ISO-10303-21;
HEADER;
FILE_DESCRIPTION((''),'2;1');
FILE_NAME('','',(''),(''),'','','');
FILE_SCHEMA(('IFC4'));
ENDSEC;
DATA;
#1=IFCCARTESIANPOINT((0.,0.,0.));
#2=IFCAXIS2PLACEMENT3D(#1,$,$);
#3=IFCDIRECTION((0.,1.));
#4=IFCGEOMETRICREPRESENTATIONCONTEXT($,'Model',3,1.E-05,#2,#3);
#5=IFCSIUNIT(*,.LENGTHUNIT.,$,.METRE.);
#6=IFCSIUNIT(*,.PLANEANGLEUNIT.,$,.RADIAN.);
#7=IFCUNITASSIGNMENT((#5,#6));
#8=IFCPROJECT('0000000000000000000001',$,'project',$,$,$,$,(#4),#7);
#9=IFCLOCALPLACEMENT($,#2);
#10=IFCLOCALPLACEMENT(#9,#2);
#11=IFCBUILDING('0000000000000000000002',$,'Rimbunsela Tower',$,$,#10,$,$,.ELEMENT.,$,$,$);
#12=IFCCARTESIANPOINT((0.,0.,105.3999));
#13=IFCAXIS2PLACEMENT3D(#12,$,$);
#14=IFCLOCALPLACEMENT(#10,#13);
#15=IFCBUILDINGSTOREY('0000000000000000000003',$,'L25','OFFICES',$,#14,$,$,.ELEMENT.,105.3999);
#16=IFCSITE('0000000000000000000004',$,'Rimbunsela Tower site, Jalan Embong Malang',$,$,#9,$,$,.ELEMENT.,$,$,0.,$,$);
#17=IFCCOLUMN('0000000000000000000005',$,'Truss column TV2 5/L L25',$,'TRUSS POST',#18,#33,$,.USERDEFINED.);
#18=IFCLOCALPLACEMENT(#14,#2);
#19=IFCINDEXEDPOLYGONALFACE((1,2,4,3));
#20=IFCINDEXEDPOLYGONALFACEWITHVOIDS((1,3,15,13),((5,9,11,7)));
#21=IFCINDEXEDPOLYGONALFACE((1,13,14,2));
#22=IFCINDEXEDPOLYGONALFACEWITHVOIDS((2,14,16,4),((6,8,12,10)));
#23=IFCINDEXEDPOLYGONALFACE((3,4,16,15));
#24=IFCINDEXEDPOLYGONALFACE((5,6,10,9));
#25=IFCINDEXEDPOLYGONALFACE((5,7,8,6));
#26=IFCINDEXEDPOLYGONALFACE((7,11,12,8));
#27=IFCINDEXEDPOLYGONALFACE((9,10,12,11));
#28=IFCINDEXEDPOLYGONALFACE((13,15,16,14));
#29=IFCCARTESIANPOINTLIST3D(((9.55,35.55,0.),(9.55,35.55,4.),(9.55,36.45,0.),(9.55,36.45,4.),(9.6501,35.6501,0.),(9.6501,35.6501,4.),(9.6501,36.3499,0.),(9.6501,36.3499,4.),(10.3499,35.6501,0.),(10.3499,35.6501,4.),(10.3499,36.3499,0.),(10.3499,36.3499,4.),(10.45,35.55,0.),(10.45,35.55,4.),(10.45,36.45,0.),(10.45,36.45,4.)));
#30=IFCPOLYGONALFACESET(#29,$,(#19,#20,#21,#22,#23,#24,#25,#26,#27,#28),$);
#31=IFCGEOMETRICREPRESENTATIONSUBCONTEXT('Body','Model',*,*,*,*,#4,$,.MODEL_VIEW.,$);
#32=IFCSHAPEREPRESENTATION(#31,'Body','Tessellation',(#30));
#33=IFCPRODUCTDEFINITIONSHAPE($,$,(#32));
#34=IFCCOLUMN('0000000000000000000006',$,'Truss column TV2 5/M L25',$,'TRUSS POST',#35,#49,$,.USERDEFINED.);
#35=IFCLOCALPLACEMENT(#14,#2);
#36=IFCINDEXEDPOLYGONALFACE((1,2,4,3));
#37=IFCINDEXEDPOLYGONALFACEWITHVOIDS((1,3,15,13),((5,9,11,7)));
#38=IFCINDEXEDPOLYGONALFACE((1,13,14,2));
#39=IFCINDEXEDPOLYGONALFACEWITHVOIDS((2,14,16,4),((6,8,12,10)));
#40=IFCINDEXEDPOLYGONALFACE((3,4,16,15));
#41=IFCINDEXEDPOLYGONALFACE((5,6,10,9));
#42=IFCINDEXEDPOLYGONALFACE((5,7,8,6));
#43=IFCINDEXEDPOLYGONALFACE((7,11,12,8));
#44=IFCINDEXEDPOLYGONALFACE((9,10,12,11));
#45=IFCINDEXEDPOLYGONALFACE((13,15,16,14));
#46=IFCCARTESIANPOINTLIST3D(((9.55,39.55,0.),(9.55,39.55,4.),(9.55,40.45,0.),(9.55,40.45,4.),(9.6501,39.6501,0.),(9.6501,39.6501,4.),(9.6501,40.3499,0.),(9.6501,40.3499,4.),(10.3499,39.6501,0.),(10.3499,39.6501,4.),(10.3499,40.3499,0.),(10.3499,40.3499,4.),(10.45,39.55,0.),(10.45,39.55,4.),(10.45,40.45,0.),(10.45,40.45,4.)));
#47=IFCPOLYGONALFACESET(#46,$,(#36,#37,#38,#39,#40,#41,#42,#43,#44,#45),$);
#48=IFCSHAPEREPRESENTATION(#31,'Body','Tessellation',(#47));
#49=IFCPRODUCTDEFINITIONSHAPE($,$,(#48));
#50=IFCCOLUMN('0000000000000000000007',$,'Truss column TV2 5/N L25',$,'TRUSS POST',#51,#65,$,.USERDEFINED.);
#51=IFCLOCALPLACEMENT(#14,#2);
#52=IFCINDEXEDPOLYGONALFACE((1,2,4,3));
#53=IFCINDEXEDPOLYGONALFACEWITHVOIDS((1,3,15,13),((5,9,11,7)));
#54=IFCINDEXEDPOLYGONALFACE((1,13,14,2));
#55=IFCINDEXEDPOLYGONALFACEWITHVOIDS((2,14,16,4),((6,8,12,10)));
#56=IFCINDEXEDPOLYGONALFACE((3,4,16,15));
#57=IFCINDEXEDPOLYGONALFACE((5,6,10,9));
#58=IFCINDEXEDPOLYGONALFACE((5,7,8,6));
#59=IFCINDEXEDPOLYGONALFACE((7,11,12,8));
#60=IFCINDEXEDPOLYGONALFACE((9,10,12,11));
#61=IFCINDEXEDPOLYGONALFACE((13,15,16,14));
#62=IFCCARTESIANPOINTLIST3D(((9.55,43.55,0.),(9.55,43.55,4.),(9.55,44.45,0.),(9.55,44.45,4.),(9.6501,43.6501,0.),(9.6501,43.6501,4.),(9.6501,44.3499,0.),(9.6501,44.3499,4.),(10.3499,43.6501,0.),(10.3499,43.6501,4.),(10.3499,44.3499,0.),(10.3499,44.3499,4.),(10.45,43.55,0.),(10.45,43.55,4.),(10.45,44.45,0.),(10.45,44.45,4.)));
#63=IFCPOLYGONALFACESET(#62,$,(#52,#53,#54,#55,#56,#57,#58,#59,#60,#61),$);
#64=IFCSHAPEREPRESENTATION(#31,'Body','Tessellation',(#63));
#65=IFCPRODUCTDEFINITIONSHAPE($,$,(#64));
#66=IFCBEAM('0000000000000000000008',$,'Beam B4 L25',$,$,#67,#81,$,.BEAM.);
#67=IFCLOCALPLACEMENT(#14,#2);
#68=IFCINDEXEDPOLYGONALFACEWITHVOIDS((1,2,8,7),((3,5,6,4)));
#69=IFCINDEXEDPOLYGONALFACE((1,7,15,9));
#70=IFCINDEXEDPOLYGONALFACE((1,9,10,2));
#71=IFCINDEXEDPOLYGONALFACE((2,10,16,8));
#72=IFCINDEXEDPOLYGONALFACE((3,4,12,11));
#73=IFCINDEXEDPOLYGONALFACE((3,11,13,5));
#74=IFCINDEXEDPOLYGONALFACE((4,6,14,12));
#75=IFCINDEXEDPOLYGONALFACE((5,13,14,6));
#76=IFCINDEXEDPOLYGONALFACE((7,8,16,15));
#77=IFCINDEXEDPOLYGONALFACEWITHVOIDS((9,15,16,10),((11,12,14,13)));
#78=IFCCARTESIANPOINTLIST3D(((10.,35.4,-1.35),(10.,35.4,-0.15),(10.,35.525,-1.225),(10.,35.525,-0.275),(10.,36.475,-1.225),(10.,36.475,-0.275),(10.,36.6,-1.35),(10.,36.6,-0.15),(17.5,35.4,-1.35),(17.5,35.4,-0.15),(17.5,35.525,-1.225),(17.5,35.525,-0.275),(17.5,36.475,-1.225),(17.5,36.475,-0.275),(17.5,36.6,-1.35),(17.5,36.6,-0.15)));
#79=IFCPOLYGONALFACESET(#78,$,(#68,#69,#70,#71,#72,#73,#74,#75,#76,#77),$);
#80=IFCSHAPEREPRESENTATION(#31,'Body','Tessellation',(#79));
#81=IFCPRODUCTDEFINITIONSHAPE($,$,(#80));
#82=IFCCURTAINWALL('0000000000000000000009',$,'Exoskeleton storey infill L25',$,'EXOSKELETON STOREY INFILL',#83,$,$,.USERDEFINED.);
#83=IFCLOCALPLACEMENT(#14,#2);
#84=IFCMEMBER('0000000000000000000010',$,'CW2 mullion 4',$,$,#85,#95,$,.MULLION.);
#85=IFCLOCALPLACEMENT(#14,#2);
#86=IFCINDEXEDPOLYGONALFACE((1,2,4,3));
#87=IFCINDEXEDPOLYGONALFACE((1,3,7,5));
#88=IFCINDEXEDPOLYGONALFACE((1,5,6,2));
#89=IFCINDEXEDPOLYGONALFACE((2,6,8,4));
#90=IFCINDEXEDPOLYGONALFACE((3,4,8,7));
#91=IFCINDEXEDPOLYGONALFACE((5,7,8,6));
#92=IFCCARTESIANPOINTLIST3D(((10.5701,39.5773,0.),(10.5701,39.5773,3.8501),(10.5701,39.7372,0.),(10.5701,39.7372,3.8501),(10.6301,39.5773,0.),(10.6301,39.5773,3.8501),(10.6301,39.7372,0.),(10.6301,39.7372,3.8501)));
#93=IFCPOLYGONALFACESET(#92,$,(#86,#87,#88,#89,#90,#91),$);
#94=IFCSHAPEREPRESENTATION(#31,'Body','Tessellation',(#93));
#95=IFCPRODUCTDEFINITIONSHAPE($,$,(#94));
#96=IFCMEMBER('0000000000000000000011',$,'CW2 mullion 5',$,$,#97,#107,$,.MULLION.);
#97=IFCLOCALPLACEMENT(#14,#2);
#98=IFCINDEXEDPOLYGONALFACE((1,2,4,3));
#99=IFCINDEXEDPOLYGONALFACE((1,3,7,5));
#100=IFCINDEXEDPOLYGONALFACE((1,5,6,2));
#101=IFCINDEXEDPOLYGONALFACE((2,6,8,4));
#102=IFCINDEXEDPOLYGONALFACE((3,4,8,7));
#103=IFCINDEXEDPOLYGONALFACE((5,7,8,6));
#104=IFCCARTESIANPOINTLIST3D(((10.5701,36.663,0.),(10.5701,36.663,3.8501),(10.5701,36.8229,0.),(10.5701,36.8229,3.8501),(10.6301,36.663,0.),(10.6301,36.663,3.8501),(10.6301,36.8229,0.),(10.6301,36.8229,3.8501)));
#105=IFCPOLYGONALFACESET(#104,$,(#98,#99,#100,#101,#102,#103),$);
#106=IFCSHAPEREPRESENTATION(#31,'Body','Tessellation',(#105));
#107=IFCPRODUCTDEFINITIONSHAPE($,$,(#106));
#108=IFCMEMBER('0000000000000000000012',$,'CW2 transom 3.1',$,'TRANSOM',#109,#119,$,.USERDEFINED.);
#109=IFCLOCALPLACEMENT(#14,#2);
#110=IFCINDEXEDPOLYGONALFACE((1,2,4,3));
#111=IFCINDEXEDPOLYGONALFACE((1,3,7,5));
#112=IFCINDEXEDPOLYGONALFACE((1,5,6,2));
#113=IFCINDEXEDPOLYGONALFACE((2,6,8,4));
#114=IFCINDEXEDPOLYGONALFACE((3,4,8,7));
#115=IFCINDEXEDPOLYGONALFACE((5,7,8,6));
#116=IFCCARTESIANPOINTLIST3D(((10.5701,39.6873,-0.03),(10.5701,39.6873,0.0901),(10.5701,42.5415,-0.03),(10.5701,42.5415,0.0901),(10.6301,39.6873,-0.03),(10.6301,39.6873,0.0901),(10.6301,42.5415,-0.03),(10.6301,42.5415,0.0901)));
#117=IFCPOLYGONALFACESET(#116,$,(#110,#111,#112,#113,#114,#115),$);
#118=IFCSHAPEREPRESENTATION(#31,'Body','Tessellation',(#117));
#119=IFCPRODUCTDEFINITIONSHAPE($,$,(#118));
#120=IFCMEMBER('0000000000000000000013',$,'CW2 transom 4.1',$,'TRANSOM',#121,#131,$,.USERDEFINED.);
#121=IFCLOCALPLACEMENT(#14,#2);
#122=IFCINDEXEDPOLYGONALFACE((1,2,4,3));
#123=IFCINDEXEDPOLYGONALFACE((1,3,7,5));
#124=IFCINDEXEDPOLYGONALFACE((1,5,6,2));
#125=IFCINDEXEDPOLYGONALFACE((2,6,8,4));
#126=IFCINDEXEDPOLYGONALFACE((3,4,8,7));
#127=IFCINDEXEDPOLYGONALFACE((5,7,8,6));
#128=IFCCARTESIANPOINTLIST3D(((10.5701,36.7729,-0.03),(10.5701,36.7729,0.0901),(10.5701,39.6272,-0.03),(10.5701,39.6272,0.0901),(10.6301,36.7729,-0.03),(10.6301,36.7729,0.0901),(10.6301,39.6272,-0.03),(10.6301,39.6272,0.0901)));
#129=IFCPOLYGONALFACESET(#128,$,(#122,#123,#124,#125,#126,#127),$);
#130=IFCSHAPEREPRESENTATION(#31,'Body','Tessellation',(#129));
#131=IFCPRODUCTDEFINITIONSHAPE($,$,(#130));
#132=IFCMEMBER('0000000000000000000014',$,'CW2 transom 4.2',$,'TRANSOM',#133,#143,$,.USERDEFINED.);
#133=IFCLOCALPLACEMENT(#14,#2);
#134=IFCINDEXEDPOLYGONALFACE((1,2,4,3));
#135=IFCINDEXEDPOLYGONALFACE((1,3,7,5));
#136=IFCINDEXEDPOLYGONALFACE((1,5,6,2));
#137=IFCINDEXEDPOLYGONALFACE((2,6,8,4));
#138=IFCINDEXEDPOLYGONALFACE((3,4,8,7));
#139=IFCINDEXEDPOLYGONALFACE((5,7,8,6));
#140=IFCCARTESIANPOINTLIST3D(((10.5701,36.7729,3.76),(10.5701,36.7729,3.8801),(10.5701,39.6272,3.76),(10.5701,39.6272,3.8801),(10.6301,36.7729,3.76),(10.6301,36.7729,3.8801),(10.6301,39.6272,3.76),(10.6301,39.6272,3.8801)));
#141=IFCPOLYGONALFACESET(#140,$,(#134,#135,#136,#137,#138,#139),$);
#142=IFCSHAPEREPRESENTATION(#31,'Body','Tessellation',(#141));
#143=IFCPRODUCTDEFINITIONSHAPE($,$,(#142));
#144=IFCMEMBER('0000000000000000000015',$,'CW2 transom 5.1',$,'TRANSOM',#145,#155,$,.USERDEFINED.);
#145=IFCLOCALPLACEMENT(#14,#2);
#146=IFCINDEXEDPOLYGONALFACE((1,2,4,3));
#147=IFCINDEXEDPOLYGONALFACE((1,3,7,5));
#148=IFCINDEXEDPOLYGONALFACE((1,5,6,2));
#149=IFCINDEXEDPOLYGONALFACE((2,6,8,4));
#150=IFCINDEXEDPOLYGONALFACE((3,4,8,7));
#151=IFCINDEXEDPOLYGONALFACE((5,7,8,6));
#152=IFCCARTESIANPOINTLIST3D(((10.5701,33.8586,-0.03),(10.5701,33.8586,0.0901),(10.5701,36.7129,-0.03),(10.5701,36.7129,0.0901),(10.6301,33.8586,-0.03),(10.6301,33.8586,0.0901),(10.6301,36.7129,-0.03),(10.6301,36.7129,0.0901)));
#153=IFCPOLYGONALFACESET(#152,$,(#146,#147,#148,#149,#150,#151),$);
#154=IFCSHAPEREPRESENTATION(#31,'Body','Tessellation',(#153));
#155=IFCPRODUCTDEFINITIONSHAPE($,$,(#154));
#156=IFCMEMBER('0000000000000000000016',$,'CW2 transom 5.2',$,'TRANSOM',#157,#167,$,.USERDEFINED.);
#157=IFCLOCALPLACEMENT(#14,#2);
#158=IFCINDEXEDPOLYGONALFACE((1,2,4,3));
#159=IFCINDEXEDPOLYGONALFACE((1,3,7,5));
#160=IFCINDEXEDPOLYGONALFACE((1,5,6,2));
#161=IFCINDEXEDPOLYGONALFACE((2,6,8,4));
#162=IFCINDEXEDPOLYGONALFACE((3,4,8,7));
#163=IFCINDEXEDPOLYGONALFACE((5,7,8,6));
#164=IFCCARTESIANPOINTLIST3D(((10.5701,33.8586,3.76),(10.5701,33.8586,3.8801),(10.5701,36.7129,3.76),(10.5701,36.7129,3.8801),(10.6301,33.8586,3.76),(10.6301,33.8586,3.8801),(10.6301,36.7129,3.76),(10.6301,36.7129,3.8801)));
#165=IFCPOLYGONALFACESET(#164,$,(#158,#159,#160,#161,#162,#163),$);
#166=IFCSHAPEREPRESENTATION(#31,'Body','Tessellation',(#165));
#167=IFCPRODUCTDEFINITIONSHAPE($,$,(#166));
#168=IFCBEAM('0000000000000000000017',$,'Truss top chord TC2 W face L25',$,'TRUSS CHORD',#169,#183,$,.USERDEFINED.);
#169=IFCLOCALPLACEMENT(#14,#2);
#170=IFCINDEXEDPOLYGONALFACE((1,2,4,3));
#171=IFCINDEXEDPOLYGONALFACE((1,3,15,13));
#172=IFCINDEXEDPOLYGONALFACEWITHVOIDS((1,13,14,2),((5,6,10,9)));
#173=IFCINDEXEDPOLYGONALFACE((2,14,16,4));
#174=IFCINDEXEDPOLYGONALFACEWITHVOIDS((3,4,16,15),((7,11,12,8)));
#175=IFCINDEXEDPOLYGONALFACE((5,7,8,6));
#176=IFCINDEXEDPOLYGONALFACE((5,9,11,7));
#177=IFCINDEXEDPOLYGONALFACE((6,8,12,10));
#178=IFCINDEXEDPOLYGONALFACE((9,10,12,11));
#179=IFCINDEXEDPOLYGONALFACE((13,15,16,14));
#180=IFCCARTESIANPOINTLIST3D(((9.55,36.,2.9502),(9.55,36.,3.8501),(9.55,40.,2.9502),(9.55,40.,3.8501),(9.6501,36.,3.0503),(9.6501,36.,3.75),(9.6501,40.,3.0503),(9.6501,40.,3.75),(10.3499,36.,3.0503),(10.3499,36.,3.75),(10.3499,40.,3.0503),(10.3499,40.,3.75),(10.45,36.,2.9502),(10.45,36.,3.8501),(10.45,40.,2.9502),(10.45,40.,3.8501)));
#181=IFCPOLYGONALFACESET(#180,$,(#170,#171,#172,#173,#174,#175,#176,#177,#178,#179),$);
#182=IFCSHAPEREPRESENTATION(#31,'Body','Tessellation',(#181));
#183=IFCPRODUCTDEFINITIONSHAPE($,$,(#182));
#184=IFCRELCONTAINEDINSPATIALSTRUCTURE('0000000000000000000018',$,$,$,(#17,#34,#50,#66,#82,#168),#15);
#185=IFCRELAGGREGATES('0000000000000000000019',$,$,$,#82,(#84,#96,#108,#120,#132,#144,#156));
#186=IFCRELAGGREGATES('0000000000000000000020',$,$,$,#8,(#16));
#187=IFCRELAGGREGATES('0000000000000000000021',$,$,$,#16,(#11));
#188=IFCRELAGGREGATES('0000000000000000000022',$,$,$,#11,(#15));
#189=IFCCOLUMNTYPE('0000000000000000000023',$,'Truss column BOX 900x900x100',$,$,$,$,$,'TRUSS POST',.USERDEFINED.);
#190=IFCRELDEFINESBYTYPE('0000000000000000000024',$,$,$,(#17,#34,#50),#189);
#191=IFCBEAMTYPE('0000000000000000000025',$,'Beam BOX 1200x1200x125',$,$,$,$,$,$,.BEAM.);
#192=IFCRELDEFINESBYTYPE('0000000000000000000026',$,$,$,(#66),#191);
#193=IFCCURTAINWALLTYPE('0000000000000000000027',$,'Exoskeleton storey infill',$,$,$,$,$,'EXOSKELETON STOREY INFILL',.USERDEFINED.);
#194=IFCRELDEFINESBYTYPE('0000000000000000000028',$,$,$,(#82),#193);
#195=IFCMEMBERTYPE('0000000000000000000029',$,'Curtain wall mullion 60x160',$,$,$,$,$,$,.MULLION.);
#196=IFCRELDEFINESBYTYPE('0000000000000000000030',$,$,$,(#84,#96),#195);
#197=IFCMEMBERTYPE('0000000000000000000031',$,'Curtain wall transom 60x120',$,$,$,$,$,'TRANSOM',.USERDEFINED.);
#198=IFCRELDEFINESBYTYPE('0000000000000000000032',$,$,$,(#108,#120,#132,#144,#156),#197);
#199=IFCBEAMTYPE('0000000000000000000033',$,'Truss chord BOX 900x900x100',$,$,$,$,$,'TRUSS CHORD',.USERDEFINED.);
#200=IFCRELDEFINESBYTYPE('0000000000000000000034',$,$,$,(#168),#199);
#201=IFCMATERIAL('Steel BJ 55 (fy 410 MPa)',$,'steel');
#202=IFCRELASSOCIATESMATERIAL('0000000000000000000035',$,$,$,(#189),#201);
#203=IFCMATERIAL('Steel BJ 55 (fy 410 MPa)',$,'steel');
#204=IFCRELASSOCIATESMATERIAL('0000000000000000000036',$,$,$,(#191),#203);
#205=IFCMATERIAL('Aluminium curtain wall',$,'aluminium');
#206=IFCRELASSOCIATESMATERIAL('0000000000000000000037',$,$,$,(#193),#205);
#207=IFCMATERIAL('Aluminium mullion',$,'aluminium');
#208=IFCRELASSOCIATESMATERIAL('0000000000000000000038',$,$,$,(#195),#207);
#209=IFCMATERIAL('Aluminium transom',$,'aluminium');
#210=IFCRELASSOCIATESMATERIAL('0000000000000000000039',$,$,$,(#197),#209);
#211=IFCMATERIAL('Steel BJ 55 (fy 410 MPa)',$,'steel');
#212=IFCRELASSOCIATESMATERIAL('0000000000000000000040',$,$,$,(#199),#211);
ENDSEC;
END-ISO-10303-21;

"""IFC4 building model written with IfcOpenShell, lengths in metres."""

from ifc_helpers import new_model, si_unit, direction, frame, origin, origin_2d, place, context, subcontext, project, spatial, rectangle, hollow_rectangle, extrude, material, material_profile, profile_set, type_object, element, aggregate, save


model = new_model("IFC4")

# Units and contexts
model_context = context("Model", 3, precision=1e-05, world=origin(), true_north=direction((0.0, 1.0)))
body_context = subcontext(model_context, "Body", "Model", "MODEL_VIEW")
ifc_project = project(units=[si_unit("LENGTHUNIT", "METRE"), si_unit("PLANEANGLEUNIT", "RADIAN")], contexts=[model_context])

# Site, building, storey
site_placement = place(None, origin())
site = spatial("IfcSite", under=ifc_project, at=site_placement, Name="Rimbunsela Tower site, Jalan Embong Malang", CompositionType="ELEMENT", RefElevation=0.0)
building_placement = place(site_placement, origin())
building = spatial("IfcBuilding", under=site, at=building_placement, Name="Rimbunsela Tower", CompositionType="ELEMENT")
storey_placement = place(building_placement, frame((0.0, 0.0, 105.3999)))
storey = spatial("IfcBuildingStorey", under=building, at=storey_placement, Name="L25", Description="OFFICES", CompositionType="ELEMENT", Elevation=105.3999)

# Columns
ifc_material_1 = material(Name="Steel BJ 55 (fy 410 MPa)", Category="steel")
ifc_material_profile_1 = material_profile(ifc_material_1, hollow_rectangle(XDim=0.8999, YDim=0.8999, WallThickness=0.1001, at=origin_2d()), Name="BOX 900x900x100")
ifc_profile_set_1 = profile_set([ifc_material_profile_1], Name="Steel BJ 55 (fy 410 MPa)")
column_type = type_object("IfcColumnType", Name="Truss column BOX 900x900x100", ElementType="TRUSS POST", PredefinedType="USERDEFINED", material=ifc_profile_set_1)
for number, where, z_axis, x_axis, name in (
    (1, (10.0, 36.0, 0.0), (0.0, 0.0, 1.0), (1.0, 0.0, 0.0), "Truss column TV2 5/L L25"),
    (2, (10.0, 40.0, 0.0), (0.0, 0.0, 1.0), (1.0, 0.0, 0.0), "Truss column TV2 5/M L25"),
    (3, (10.0, 44.0, 0.0), (0.0, 0.0, 1.0), (1.0, 0.0, 0.0), "Truss column TV2 5/N L25"),
):
    element("IfcColumn", number, at=place(storey_placement, frame(where, z_axis=z_axis, x_axis=x_axis)), inside=storey, type_object=column_type, Name=name, ObjectType="TRUSS POST", PredefinedType="USERDEFINED", context=body_context, shape_type="SweptSolid", body=[
        extrude(hollow_rectangle(XDim=0.8999, YDim=0.8999, WallThickness=0.1001, at=origin_2d()), origin(), (0.0, 0.0, 1.0), 4.0),
    ])

# Beam
ifc_material_2 = material(Name="Steel BJ 55 (fy 410 MPa)", Category="steel")
ifc_material_profile_2 = material_profile(ifc_material_2, hollow_rectangle(XDim=1.2, YDim=1.2, WallThickness=0.125, at=origin_2d()), Name="BOX 1200x1200x125")
ifc_profile_set_2 = profile_set([ifc_material_profile_2], Name="Steel BJ 55 (fy 410 MPa)")
beam_type_1 = type_object("IfcBeamType", Name="Beam BOX 1200x1200x125", PredefinedType="BEAM", material=ifc_profile_set_2)
beam_placement = place(storey_placement, frame((10.0, 36.0, -0.75), z_axis=(1.0, 0.0, 0.0), x_axis=(0.0, 1.0, 0.0)))
element("IfcBeam", 4, at=beam_placement, inside=storey, type_object=beam_type_1, Name="Beam B4 L25", PredefinedType="BEAM", context=body_context, shape_type="SweptSolid", body=[
    extrude(hollow_rectangle(XDim=1.2, YDim=1.2, WallThickness=0.125, at=origin_2d()), origin(), (0.0, 0.0, 1.0), 7.5),
])

# Curtain wall, members
ifc_material_3 = material(Name="Aluminium curtain wall", Category="aluminium")
curtain_wall_type = type_object("IfcCurtainWallType", Name="Exoskeleton storey infill", ElementType="EXOSKELETON STOREY INFILL", PredefinedType="USERDEFINED", material=ifc_material_3)
curtain_wall_placement = place(storey_placement, origin())
curtain_wall = element("IfcCurtainWall", 5, at=curtain_wall_placement, inside=storey, type_object=curtain_wall_type, Name="Exoskeleton storey infill L25", ObjectType="EXOSKELETON STOREY INFILL", PredefinedType="USERDEFINED")
ifc_material_4 = material(Name="Aluminium mullion", Category="aluminium")
ifc_material_profile_3 = material_profile(ifc_material_4, rectangle(XDim=0.0601, YDim=0.1599, at=origin_2d()), Name="Mullion 60x160")
ifc_profile_set_3 = profile_set([ifc_material_profile_3], Name="Aluminium mullion")
member_type_1 = type_object("IfcMemberType", Name="Curtain wall mullion 60x160", PredefinedType="MULLION", material=ifc_profile_set_3)
member_1_placement = place(storey_placement, frame((10.6001, 39.6572, 0.0), z_axis=(0.0, 0.0, 1.0), x_axis=(1.0, 0.0, 0.0)))
member_1 = element("IfcMember", 6, at=member_1_placement, type_object=member_type_1, Name="CW2 mullion 4", PredefinedType="MULLION", context=body_context, shape_type="SweptSolid", body=[
    extrude(rectangle(XDim=0.0601, YDim=0.1599, at=origin_2d()), origin(), (0.0, 0.0, 1.0), 3.8501),
])
member_2_placement = place(storey_placement, frame((10.6001, 36.7429, 0.0), z_axis=(0.0, 0.0, 1.0), x_axis=(1.0, 0.0, 0.0)))
member_2 = element("IfcMember", 7, at=member_2_placement, type_object=member_type_1, Name="CW2 mullion 5", PredefinedType="MULLION", context=body_context, shape_type="SweptSolid", body=[
    extrude(rectangle(XDim=0.0601, YDim=0.1599, at=origin_2d()), origin(), (0.0, 0.0, 1.0), 3.8501),
])
ifc_material_5 = material(Name="Aluminium transom", Category="aluminium")
ifc_material_profile_4 = material_profile(ifc_material_5, rectangle(XDim=0.0601, YDim=0.1201, at=origin_2d()), Name="Transom 60x120")
ifc_profile_set_4 = profile_set([ifc_material_profile_4], Name="Aluminium transom")
member_type_2 = type_object("IfcMemberType", Name="Curtain wall transom 60x120", ElementType="TRANSOM", PredefinedType="USERDEFINED", material=ifc_profile_set_4)
member_3_placement = place(storey_placement, frame((10.6001, 42.5415, 0.03), z_axis=(0.0, -1.0, 0.0), x_axis=(1.0, 0.0, 0.0)))
member_3 = element("IfcMember", 8, at=member_3_placement, type_object=member_type_2, Name="CW2 transom 3.1", ObjectType="TRANSOM", PredefinedType="USERDEFINED", context=body_context, shape_type="SweptSolid", body=[
    extrude(rectangle(XDim=0.0601, YDim=0.1201, at=origin_2d()), origin(), (0.0, 0.0, 1.0), 2.8542),
])
member_4_placement = place(storey_placement, frame((10.6001, 39.6272, 0.03), z_axis=(0.0, -1.0, 0.0), x_axis=(1.0, 0.0, 0.0)))
member_4 = element("IfcMember", 9, at=member_4_placement, type_object=member_type_2, Name="CW2 transom 4.1", ObjectType="TRANSOM", PredefinedType="USERDEFINED", context=body_context, shape_type="SweptSolid", body=[
    extrude(rectangle(XDim=0.0601, YDim=0.1201, at=origin_2d()), origin(), (0.0, 0.0, 1.0), 2.8542),
])
member_5_placement = place(storey_placement, frame((10.6001, 39.6272, 3.8201), z_axis=(0.0, -1.0, 0.0), x_axis=(1.0, 0.0, 0.0)))
member_5 = element("IfcMember", 10, at=member_5_placement, type_object=member_type_2, Name="CW2 transom 4.2", ObjectType="TRANSOM", PredefinedType="USERDEFINED", context=body_context, shape_type="SweptSolid", body=[
    extrude(rectangle(XDim=0.0601, YDim=0.1201, at=origin_2d()), origin(), (0.0, 0.0, 1.0), 2.8542),
])
member_6_placement = place(storey_placement, frame((10.6001, 36.7129, 0.03), z_axis=(0.0, -1.0, 0.0), x_axis=(1.0, 0.0, 0.0)))
member_6 = element("IfcMember", 11, at=member_6_placement, type_object=member_type_2, Name="CW2 transom 5.1", ObjectType="TRANSOM", PredefinedType="USERDEFINED", context=body_context, shape_type="SweptSolid", body=[
    extrude(rectangle(XDim=0.0601, YDim=0.1201, at=origin_2d()), origin(), (0.0, 0.0, 1.0), 2.8542),
])
member_7_placement = place(storey_placement, frame((10.6001, 36.7129, 3.8201), z_axis=(0.0, -1.0, 0.0), x_axis=(1.0, 0.0, 0.0)))
member_7 = element("IfcMember", 12, at=member_7_placement, type_object=member_type_2, Name="CW2 transom 5.2", ObjectType="TRANSOM", PredefinedType="USERDEFINED", context=body_context, shape_type="SweptSolid", body=[
    extrude(rectangle(XDim=0.0601, YDim=0.1201, at=origin_2d()), origin(), (0.0, 0.0, 1.0), 2.8542),
])

# Beam
ifc_material_6 = material(Name="Steel BJ 55 (fy 410 MPa)", Category="steel")
ifc_material_profile_5 = material_profile(ifc_material_6, hollow_rectangle(XDim=0.8999, YDim=0.8999, WallThickness=0.1001, at=origin_2d()), Name="BOX 900x900x100")
ifc_profile_set_5 = profile_set([ifc_material_profile_5], Name="Steel BJ 55 (fy 410 MPa)")
beam_type_2 = type_object("IfcBeamType", Name="Truss chord BOX 900x900x100", ElementType="TRUSS CHORD", PredefinedType="USERDEFINED", material=ifc_profile_set_5)
for number, where, z_axis, x_axis, name in (
    (13, (10.0, 36.0, 3.4001), (0.0, 1.0, 0.0), (-1.0, 0.0, 0.0), "Truss top chord TC2 W face L25"),
):
    element("IfcBeam", number, at=place(storey_placement, frame(where, z_axis=z_axis, x_axis=x_axis)), inside=storey, type_object=beam_type_2, Name=name, ObjectType="TRUSS CHORD", PredefinedType="USERDEFINED", context=body_context, shape_type="SweptSolid", body=[
        extrude(hollow_rectangle(XDim=0.8999, YDim=0.8999, WallThickness=0.1001, at=origin_2d()), origin(), (0.0, 0.0, 1.0), 4.0),
    ])

aggregate(curtain_wall, [member_1, member_2, member_3, member_4, member_5, member_6, member_7])

save(model, "model.ifc")
